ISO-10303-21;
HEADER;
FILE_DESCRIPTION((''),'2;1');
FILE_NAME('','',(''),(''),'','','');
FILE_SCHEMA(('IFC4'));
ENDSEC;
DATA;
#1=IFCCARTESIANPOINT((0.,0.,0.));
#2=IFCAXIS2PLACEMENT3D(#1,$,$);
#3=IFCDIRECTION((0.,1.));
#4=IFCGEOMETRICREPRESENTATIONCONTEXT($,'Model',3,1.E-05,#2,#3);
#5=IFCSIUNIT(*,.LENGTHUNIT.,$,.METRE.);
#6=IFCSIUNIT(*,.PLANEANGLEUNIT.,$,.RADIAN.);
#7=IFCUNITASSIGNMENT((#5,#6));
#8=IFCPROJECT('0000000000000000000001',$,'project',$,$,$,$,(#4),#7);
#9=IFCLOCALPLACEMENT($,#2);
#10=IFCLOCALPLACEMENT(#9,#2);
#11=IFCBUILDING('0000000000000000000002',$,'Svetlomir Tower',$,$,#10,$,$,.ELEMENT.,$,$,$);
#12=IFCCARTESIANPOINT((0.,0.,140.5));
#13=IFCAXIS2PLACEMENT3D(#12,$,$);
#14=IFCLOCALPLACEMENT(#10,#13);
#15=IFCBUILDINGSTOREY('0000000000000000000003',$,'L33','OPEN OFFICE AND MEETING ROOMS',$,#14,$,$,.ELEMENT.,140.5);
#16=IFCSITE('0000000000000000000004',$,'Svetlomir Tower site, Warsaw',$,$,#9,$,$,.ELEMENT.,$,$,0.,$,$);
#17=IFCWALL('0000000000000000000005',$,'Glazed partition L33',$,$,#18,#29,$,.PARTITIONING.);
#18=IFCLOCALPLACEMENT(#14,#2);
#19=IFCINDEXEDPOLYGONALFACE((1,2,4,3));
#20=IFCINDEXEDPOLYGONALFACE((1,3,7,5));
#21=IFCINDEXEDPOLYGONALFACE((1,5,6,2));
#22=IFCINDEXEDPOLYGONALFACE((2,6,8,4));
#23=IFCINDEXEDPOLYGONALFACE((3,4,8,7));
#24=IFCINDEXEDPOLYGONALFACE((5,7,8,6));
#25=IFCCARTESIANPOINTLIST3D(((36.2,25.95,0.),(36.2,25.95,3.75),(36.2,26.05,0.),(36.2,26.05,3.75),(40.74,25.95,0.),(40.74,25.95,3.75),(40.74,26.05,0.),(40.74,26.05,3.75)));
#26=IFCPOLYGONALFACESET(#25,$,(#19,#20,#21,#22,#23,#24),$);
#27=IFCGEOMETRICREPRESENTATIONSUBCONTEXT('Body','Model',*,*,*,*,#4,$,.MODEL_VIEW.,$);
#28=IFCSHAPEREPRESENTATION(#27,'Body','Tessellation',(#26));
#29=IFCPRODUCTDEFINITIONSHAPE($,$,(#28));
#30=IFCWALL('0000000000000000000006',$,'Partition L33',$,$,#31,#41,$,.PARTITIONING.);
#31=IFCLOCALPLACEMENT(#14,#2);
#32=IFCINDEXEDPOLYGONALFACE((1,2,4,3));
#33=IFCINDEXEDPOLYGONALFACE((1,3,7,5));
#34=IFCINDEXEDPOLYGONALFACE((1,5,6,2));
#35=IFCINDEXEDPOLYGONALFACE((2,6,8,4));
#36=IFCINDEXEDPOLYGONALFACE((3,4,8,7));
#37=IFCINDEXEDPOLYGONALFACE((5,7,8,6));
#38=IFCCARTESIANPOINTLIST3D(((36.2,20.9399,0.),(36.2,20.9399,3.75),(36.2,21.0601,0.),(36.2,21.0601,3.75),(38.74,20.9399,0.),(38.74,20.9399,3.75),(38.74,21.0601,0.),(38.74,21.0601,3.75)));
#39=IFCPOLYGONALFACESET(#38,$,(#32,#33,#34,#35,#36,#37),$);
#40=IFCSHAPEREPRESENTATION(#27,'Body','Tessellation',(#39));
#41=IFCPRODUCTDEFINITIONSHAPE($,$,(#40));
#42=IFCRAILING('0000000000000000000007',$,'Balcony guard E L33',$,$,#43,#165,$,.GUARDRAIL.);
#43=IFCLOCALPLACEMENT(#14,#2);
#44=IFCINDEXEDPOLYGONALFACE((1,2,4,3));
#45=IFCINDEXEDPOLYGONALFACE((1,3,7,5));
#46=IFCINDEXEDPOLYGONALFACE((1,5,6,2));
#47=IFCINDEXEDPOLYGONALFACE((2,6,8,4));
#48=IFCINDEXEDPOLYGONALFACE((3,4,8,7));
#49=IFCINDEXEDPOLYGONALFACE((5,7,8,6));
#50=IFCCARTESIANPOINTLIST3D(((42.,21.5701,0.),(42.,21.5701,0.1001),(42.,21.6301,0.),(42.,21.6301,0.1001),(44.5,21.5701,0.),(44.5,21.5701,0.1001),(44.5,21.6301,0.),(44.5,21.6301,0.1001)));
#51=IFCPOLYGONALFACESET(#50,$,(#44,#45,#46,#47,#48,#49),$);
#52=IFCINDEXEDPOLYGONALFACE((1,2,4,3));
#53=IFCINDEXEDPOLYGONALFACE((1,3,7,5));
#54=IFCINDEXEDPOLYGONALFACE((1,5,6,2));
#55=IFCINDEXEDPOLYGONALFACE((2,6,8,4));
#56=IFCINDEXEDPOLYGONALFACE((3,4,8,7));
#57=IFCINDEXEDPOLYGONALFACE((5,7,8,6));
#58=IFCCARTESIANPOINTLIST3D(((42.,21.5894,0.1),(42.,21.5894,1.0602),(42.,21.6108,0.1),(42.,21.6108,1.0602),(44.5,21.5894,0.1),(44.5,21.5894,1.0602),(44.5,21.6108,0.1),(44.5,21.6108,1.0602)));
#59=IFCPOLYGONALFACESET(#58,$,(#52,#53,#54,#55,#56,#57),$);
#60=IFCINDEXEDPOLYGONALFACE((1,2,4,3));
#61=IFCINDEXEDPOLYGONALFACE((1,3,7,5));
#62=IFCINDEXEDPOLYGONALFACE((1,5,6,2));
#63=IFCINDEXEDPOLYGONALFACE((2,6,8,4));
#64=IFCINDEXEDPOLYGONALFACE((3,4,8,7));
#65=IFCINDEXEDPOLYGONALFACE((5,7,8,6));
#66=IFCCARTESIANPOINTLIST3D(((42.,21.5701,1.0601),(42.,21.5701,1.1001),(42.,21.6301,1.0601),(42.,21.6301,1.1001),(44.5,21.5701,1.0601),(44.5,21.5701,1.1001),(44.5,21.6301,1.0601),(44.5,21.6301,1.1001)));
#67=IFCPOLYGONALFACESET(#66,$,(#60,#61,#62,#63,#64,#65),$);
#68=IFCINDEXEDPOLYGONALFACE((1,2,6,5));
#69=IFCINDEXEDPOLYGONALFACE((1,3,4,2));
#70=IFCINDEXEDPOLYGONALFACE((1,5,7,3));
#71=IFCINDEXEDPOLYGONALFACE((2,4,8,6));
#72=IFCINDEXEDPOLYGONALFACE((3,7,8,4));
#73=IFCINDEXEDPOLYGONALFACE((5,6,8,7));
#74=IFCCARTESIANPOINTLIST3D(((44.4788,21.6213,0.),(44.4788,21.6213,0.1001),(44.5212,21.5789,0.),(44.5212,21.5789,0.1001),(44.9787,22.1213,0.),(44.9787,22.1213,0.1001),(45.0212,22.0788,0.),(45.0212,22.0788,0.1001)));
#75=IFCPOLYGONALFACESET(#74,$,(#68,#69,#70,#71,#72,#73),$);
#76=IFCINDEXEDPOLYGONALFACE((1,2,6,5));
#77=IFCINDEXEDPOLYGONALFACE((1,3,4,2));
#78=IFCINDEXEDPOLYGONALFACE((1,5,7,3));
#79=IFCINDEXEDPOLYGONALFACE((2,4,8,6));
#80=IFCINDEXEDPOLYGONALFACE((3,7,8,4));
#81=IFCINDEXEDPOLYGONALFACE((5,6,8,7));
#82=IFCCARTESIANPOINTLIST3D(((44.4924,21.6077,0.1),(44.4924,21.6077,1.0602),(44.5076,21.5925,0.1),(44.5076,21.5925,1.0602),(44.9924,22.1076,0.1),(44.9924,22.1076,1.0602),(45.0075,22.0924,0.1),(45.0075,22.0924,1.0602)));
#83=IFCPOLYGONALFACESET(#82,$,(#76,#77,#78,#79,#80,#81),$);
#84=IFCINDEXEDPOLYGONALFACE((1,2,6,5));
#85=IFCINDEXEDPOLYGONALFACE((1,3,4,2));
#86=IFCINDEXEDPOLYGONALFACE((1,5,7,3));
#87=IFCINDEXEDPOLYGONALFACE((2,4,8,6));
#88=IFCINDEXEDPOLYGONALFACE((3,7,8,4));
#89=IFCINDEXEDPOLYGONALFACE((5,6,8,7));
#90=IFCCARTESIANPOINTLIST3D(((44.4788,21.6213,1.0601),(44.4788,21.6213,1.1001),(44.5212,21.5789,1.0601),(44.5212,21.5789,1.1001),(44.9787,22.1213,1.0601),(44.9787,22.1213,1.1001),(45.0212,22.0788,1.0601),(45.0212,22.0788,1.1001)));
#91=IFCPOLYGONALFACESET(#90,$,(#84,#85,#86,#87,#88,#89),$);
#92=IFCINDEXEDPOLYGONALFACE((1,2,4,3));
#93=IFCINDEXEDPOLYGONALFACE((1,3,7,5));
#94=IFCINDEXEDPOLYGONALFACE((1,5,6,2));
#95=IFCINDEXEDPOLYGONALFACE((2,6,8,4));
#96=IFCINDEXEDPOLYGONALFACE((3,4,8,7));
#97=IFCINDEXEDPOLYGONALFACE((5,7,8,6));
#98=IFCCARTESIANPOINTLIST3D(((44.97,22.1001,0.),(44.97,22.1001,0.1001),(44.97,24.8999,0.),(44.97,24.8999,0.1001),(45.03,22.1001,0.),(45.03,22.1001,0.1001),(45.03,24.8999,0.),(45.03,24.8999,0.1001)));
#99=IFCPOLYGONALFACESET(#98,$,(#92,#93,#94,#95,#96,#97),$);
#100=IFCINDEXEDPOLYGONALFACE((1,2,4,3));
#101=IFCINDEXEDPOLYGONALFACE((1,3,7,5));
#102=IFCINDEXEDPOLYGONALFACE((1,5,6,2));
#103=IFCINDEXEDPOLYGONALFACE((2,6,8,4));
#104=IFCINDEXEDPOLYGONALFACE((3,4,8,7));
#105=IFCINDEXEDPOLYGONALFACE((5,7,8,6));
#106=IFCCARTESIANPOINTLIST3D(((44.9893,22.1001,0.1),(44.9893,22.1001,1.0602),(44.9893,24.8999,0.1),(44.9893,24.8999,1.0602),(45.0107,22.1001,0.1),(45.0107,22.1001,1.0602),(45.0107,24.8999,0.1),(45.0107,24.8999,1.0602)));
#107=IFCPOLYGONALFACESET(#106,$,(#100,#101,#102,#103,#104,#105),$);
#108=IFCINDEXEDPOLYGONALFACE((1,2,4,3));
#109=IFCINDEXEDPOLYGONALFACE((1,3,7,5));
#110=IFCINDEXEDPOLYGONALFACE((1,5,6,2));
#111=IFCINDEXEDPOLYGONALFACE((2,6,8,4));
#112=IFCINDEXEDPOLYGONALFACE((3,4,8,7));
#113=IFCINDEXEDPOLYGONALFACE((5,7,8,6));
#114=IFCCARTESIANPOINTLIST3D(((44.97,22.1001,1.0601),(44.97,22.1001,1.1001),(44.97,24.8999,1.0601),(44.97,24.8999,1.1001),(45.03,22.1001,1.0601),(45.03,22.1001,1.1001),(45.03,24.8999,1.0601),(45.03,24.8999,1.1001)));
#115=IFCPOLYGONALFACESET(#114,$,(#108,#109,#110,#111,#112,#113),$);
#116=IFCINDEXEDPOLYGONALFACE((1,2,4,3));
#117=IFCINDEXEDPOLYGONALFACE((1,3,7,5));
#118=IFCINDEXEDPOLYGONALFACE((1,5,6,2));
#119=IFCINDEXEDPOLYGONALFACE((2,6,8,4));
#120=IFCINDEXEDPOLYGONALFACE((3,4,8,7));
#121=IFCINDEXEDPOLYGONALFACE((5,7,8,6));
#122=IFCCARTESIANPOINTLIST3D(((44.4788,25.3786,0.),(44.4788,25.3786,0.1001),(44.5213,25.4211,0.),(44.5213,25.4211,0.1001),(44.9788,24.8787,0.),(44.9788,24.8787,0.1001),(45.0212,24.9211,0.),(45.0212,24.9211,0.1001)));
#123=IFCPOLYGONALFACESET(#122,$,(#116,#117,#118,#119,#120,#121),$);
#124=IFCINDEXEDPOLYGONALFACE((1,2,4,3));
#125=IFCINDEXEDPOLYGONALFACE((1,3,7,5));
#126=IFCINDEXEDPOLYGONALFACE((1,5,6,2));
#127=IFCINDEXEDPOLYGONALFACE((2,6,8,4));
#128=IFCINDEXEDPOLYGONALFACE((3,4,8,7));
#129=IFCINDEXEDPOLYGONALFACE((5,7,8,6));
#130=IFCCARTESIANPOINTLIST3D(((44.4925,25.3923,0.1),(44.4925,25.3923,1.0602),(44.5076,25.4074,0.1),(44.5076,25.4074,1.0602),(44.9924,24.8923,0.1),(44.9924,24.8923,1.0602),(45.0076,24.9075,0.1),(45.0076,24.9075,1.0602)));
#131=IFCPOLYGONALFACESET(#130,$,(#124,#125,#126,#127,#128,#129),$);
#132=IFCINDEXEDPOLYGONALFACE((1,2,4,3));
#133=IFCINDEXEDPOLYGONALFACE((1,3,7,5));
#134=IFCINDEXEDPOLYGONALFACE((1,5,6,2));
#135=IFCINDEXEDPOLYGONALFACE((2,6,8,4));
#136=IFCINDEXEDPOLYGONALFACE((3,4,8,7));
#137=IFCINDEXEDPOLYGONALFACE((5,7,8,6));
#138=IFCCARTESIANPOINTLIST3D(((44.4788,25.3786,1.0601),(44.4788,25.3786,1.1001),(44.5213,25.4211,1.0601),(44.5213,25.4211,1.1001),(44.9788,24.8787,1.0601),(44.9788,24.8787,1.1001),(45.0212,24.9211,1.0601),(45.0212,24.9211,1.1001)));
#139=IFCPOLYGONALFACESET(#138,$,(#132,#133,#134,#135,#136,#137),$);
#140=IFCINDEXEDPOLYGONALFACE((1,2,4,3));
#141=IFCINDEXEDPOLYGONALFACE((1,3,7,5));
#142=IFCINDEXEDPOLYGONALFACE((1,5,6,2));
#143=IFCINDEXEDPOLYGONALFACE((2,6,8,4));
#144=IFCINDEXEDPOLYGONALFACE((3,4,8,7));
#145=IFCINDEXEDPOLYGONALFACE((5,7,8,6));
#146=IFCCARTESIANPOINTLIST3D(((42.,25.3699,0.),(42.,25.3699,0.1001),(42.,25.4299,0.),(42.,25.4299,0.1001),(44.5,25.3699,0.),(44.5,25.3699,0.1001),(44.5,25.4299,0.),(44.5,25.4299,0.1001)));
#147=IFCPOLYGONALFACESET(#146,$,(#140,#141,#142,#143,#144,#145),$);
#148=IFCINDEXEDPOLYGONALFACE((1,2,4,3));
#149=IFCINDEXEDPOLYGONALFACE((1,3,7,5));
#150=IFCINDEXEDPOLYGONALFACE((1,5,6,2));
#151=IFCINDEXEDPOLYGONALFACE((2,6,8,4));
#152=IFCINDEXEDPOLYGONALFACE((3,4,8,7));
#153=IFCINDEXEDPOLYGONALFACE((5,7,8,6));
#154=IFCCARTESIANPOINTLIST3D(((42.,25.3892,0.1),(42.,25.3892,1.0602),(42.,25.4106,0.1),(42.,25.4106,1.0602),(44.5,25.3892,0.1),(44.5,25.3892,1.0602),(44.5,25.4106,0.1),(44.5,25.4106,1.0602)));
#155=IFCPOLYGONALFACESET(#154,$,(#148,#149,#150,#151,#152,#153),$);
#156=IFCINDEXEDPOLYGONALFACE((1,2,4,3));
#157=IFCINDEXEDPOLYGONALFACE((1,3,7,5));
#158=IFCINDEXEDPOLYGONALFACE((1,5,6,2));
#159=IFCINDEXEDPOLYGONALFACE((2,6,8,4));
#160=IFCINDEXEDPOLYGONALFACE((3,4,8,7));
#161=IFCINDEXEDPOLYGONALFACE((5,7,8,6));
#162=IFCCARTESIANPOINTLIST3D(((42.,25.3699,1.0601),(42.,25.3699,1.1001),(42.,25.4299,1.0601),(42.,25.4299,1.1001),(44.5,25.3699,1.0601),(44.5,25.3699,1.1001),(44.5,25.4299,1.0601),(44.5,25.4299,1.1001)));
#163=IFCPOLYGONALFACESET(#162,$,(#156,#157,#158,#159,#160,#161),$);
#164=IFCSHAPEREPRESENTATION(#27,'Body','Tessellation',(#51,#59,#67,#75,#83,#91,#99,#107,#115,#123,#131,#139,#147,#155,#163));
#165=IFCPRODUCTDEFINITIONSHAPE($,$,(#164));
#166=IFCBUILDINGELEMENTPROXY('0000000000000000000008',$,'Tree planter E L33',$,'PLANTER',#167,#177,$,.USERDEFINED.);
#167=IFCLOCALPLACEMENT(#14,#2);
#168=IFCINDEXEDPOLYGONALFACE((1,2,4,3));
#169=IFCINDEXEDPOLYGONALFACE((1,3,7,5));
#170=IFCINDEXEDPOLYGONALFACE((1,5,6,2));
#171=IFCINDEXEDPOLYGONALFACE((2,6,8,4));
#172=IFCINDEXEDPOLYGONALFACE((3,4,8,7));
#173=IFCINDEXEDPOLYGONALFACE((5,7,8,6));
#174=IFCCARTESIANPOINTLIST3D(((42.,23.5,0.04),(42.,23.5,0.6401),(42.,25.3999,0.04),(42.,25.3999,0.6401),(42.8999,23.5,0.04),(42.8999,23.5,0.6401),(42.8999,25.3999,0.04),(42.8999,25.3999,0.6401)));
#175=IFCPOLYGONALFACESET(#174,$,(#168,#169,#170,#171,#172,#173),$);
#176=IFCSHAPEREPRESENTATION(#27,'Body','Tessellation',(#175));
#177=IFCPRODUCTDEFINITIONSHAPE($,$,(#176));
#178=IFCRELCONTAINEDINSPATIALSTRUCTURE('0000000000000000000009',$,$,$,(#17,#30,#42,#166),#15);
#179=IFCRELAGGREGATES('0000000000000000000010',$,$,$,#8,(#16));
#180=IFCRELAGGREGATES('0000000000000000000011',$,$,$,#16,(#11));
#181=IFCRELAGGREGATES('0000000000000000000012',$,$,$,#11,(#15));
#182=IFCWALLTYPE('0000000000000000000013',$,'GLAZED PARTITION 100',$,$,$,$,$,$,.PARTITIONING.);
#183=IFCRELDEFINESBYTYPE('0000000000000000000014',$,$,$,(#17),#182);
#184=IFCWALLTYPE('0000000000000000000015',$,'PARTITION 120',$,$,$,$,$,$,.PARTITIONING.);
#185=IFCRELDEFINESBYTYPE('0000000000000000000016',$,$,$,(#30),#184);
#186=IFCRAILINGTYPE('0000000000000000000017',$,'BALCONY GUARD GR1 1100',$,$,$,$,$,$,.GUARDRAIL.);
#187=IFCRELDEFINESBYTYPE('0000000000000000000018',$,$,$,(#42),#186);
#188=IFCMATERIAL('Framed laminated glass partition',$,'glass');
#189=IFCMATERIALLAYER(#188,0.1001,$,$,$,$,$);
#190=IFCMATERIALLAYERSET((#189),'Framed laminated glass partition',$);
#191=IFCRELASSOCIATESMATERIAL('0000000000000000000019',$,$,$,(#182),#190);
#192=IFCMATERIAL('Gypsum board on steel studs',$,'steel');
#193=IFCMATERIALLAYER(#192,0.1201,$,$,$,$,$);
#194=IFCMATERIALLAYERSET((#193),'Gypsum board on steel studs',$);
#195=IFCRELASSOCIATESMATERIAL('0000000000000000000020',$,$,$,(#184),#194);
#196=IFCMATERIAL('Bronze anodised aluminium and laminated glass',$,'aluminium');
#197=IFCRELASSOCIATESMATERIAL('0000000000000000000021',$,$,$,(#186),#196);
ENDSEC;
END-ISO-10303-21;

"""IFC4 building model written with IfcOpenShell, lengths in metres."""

from ifc_helpers import new_model, si_unit, direction, frame, frame_2d, origin, origin_2d, place, context, subcontext, project, spatial, rectangle, extrude, material, layer, layer_set, type_object, element, save


model = new_model("IFC4")

# Units and contexts
model_context = context("Model", 3, precision=1e-05, world=origin(), true_north=direction((0.0, 1.0)))
body_context = subcontext(model_context, "Body", "Model", "MODEL_VIEW")
ifc_project = project(units=[si_unit("LENGTHUNIT", "METRE"), si_unit("PLANEANGLEUNIT", "RADIAN")], contexts=[model_context])

# Site, building, storey
site_placement = place(None, origin())
site = spatial("IfcSite", under=ifc_project, at=site_placement, Name="Svetlomir Tower site, Warsaw", CompositionType="ELEMENT", RefElevation=0.0)
building_placement = place(site_placement, origin())
building = spatial("IfcBuilding", under=site, at=building_placement, Name="Svetlomir Tower", CompositionType="ELEMENT")
storey_placement = place(building_placement, frame((0.0, 0.0, 140.5)))
storey = spatial("IfcBuildingStorey", under=building, at=storey_placement, Name="L33", Description="OPEN OFFICE AND MEETING ROOMS", CompositionType="ELEMENT", Elevation=140.5)

# Shared definitions
ifc_material_1 = material(Name="Framed laminated glass partition", Category="glass")
ifc_layer_1 = layer(ifc_material_1, 0.1001)
ifc_layer_set_1 = layer_set([ifc_layer_1], Name="Framed laminated glass partition")
wall_type_1 = type_object("IfcWallType", Name="GLAZED PARTITION 100", PredefinedType="PARTITIONING", material=ifc_layer_set_1)

# Walls
wall_1_placement = place(storey_placement, frame((36.2, 26.0, 0.0), z_axis=(0.0, 0.0, 1.0), x_axis=(1.0, 0.0, 0.0)))
element("IfcWall", 1, at=wall_1_placement, inside=storey, type_object=wall_type_1, Name="Glazed partition L33", PredefinedType="PARTITIONING", context=body_context, shape_type="SweptSolid", body=[
    extrude(rectangle(XDim=4.54, YDim=0.1001, at=frame_2d((2.27, 0.0))), origin(), (0.0, 0.0, 1.0), 3.75),
])
ifc_material_2 = material(Name="Gypsum board on steel studs", Category="steel")
ifc_layer_2 = layer(ifc_material_2, 0.1201)
ifc_layer_set_2 = layer_set([ifc_layer_2], Name="Gypsum board on steel studs")
wall_type_2 = type_object("IfcWallType", Name="PARTITION 120", PredefinedType="PARTITIONING", material=ifc_layer_set_2)
wall_2_placement = place(storey_placement, frame((36.2, 21.0, 0.0), z_axis=(0.0, 0.0, 1.0), x_axis=(1.0, 0.0, 0.0)))
element("IfcWall", 2, at=wall_2_placement, inside=storey, type_object=wall_type_2, Name="Partition L33", PredefinedType="PARTITIONING", context=body_context, shape_type="SweptSolid", body=[
    extrude(rectangle(XDim=2.54, YDim=0.1201, at=frame_2d((1.27, 0.0))), origin(), (0.0, 0.0, 1.0), 3.75),
])

# Railing
ifc_material_3 = material(Name="Bronze anodised aluminium and laminated glass", Category="aluminium")
railing_type = type_object("IfcRailingType", Name="BALCONY GUARD GR1 1100", PredefinedType="GUARDRAIL", material=ifc_material_3)
railing_placement = place(storey_placement, frame((42.0, 21.6001, 0.0)))
element("IfcRailing", 3, at=railing_placement, inside=storey, type_object=railing_type, Name="Balcony guard E L33", PredefinedType="GUARDRAIL", context=body_context, shape_type="SweptSolid", body=[
    extrude(rectangle(XDim=0.0601, YDim=0.1001, at=origin_2d()), frame((0.0, 0.0, 0.05), z_axis=(1.0, 0.0, 0.0), x_axis=(0.0, 1.0, 0.0)), (0.0, 0.0, 1.0), 2.5),
    extrude(rectangle(XDim=0.0215, YDim=0.9602, at=origin_2d()), frame((0.0, 0.0, 0.5801), z_axis=(1.0, 0.0, 0.0), x_axis=(0.0, 1.0, 0.0)), (0.0, 0.0, 1.0), 2.5),
    extrude(rectangle(XDim=0.0601, YDim=0.04, at=origin_2d()), frame((0.0, 0.0, 1.0801), z_axis=(1.0, 0.0, 0.0), x_axis=(0.0, 1.0, 0.0)), (0.0, 0.0, 1.0), 2.5),
    extrude(rectangle(XDim=0.0601, YDim=0.1001, at=origin_2d()), frame((2.5, 0.0, 0.05), z_axis=(0.707107, 0.707107, 0.0), x_axis=(-0.707107, 0.707107, 0.0)), (0.0, 0.0, 1.0), 0.707),
    extrude(rectangle(XDim=0.0215, YDim=0.9602, at=origin_2d()), frame((2.5, 0.0, 0.5801), z_axis=(0.707107, 0.707107, 0.0), x_axis=(-0.707107, 0.707107, 0.0)), (0.0, 0.0, 1.0), 0.707),
    extrude(rectangle(XDim=0.0601, YDim=0.04, at=origin_2d()), frame((2.5, 0.0, 1.0801), z_axis=(0.707107, 0.707107, 0.0), x_axis=(-0.707107, 0.707107, 0.0)), (0.0, 0.0, 1.0), 0.707),
    extrude(rectangle(XDim=0.0601, YDim=0.1001, at=origin_2d()), frame((3.0, 0.5, 0.05), z_axis=(0.0, 1.0, 0.0), x_axis=(-1.0, 0.0, 0.0)), (0.0, 0.0, 1.0), 2.7998),
    extrude(rectangle(XDim=0.0215, YDim=0.9602, at=origin_2d()), frame((3.0, 0.5, 0.5801), z_axis=(0.0, 1.0, 0.0), x_axis=(-1.0, 0.0, 0.0)), (0.0, 0.0, 1.0), 2.7998),
    extrude(rectangle(XDim=0.0601, YDim=0.04, at=origin_2d()), frame((3.0, 0.5, 1.0801), z_axis=(0.0, 1.0, 0.0), x_axis=(-1.0, 0.0, 0.0)), (0.0, 0.0, 1.0), 2.7998),
    extrude(rectangle(XDim=0.0601, YDim=0.1001, at=origin_2d()), frame((3.0, 3.2998, 0.05), z_axis=(-0.707107, 0.707107, 0.0), x_axis=(-0.707107, -0.707107, 0.0)), (0.0, 0.0, 1.0), 0.707),
    extrude(rectangle(XDim=0.0215, YDim=0.9602, at=origin_2d()), frame((3.0, 3.2998, 0.5801), z_axis=(-0.707107, 0.707107, 0.0), x_axis=(-0.707107, -0.707107, 0.0)), (0.0, 0.0, 1.0), 0.707),
    extrude(rectangle(XDim=0.0601, YDim=0.04, at=origin_2d()), frame((3.0, 3.2998, 1.0801), z_axis=(-0.707107, 0.707107, 0.0), x_axis=(-0.707107, -0.707107, 0.0)), (0.0, 0.0, 1.0), 0.707),
    extrude(rectangle(XDim=0.0601, YDim=0.1001, at=origin_2d()), frame((2.5, 3.7998, 0.05), z_axis=(-1.0, 0.0, 0.0), x_axis=(0.0, -1.0, 0.0)), (0.0, 0.0, 1.0), 2.5),
    extrude(rectangle(XDim=0.0215, YDim=0.9602, at=origin_2d()), frame((2.5, 3.7998, 0.5801), z_axis=(-1.0, 0.0, 0.0), x_axis=(0.0, -1.0, 0.0)), (0.0, 0.0, 1.0), 2.5),
    extrude(rectangle(XDim=0.0601, YDim=0.04, at=origin_2d()), frame((2.5, 3.7998, 1.0801), z_axis=(-1.0, 0.0, 0.0), x_axis=(0.0, -1.0, 0.0)), (0.0, 0.0, 1.0), 2.5),
])

# Building element proxy
proxy_placement = place(storey_placement, frame((42.45, 24.45, 0.04), z_axis=(0.0, 0.0, 1.0), x_axis=(1.0, 0.0, 0.0)))
element("IfcBuildingElementProxy", 4, at=proxy_placement, inside=storey, Name="Tree planter E L33", ObjectType="PLANTER", PredefinedType="USERDEFINED", context=body_context, shape_type="SweptSolid", body=[
    extrude(rectangle(XDim=0.8999, YDim=1.8999, at=origin_2d()), origin(), (0.0, 0.0, 1.0), 0.6001),
])

save(model, "model.ifc")
